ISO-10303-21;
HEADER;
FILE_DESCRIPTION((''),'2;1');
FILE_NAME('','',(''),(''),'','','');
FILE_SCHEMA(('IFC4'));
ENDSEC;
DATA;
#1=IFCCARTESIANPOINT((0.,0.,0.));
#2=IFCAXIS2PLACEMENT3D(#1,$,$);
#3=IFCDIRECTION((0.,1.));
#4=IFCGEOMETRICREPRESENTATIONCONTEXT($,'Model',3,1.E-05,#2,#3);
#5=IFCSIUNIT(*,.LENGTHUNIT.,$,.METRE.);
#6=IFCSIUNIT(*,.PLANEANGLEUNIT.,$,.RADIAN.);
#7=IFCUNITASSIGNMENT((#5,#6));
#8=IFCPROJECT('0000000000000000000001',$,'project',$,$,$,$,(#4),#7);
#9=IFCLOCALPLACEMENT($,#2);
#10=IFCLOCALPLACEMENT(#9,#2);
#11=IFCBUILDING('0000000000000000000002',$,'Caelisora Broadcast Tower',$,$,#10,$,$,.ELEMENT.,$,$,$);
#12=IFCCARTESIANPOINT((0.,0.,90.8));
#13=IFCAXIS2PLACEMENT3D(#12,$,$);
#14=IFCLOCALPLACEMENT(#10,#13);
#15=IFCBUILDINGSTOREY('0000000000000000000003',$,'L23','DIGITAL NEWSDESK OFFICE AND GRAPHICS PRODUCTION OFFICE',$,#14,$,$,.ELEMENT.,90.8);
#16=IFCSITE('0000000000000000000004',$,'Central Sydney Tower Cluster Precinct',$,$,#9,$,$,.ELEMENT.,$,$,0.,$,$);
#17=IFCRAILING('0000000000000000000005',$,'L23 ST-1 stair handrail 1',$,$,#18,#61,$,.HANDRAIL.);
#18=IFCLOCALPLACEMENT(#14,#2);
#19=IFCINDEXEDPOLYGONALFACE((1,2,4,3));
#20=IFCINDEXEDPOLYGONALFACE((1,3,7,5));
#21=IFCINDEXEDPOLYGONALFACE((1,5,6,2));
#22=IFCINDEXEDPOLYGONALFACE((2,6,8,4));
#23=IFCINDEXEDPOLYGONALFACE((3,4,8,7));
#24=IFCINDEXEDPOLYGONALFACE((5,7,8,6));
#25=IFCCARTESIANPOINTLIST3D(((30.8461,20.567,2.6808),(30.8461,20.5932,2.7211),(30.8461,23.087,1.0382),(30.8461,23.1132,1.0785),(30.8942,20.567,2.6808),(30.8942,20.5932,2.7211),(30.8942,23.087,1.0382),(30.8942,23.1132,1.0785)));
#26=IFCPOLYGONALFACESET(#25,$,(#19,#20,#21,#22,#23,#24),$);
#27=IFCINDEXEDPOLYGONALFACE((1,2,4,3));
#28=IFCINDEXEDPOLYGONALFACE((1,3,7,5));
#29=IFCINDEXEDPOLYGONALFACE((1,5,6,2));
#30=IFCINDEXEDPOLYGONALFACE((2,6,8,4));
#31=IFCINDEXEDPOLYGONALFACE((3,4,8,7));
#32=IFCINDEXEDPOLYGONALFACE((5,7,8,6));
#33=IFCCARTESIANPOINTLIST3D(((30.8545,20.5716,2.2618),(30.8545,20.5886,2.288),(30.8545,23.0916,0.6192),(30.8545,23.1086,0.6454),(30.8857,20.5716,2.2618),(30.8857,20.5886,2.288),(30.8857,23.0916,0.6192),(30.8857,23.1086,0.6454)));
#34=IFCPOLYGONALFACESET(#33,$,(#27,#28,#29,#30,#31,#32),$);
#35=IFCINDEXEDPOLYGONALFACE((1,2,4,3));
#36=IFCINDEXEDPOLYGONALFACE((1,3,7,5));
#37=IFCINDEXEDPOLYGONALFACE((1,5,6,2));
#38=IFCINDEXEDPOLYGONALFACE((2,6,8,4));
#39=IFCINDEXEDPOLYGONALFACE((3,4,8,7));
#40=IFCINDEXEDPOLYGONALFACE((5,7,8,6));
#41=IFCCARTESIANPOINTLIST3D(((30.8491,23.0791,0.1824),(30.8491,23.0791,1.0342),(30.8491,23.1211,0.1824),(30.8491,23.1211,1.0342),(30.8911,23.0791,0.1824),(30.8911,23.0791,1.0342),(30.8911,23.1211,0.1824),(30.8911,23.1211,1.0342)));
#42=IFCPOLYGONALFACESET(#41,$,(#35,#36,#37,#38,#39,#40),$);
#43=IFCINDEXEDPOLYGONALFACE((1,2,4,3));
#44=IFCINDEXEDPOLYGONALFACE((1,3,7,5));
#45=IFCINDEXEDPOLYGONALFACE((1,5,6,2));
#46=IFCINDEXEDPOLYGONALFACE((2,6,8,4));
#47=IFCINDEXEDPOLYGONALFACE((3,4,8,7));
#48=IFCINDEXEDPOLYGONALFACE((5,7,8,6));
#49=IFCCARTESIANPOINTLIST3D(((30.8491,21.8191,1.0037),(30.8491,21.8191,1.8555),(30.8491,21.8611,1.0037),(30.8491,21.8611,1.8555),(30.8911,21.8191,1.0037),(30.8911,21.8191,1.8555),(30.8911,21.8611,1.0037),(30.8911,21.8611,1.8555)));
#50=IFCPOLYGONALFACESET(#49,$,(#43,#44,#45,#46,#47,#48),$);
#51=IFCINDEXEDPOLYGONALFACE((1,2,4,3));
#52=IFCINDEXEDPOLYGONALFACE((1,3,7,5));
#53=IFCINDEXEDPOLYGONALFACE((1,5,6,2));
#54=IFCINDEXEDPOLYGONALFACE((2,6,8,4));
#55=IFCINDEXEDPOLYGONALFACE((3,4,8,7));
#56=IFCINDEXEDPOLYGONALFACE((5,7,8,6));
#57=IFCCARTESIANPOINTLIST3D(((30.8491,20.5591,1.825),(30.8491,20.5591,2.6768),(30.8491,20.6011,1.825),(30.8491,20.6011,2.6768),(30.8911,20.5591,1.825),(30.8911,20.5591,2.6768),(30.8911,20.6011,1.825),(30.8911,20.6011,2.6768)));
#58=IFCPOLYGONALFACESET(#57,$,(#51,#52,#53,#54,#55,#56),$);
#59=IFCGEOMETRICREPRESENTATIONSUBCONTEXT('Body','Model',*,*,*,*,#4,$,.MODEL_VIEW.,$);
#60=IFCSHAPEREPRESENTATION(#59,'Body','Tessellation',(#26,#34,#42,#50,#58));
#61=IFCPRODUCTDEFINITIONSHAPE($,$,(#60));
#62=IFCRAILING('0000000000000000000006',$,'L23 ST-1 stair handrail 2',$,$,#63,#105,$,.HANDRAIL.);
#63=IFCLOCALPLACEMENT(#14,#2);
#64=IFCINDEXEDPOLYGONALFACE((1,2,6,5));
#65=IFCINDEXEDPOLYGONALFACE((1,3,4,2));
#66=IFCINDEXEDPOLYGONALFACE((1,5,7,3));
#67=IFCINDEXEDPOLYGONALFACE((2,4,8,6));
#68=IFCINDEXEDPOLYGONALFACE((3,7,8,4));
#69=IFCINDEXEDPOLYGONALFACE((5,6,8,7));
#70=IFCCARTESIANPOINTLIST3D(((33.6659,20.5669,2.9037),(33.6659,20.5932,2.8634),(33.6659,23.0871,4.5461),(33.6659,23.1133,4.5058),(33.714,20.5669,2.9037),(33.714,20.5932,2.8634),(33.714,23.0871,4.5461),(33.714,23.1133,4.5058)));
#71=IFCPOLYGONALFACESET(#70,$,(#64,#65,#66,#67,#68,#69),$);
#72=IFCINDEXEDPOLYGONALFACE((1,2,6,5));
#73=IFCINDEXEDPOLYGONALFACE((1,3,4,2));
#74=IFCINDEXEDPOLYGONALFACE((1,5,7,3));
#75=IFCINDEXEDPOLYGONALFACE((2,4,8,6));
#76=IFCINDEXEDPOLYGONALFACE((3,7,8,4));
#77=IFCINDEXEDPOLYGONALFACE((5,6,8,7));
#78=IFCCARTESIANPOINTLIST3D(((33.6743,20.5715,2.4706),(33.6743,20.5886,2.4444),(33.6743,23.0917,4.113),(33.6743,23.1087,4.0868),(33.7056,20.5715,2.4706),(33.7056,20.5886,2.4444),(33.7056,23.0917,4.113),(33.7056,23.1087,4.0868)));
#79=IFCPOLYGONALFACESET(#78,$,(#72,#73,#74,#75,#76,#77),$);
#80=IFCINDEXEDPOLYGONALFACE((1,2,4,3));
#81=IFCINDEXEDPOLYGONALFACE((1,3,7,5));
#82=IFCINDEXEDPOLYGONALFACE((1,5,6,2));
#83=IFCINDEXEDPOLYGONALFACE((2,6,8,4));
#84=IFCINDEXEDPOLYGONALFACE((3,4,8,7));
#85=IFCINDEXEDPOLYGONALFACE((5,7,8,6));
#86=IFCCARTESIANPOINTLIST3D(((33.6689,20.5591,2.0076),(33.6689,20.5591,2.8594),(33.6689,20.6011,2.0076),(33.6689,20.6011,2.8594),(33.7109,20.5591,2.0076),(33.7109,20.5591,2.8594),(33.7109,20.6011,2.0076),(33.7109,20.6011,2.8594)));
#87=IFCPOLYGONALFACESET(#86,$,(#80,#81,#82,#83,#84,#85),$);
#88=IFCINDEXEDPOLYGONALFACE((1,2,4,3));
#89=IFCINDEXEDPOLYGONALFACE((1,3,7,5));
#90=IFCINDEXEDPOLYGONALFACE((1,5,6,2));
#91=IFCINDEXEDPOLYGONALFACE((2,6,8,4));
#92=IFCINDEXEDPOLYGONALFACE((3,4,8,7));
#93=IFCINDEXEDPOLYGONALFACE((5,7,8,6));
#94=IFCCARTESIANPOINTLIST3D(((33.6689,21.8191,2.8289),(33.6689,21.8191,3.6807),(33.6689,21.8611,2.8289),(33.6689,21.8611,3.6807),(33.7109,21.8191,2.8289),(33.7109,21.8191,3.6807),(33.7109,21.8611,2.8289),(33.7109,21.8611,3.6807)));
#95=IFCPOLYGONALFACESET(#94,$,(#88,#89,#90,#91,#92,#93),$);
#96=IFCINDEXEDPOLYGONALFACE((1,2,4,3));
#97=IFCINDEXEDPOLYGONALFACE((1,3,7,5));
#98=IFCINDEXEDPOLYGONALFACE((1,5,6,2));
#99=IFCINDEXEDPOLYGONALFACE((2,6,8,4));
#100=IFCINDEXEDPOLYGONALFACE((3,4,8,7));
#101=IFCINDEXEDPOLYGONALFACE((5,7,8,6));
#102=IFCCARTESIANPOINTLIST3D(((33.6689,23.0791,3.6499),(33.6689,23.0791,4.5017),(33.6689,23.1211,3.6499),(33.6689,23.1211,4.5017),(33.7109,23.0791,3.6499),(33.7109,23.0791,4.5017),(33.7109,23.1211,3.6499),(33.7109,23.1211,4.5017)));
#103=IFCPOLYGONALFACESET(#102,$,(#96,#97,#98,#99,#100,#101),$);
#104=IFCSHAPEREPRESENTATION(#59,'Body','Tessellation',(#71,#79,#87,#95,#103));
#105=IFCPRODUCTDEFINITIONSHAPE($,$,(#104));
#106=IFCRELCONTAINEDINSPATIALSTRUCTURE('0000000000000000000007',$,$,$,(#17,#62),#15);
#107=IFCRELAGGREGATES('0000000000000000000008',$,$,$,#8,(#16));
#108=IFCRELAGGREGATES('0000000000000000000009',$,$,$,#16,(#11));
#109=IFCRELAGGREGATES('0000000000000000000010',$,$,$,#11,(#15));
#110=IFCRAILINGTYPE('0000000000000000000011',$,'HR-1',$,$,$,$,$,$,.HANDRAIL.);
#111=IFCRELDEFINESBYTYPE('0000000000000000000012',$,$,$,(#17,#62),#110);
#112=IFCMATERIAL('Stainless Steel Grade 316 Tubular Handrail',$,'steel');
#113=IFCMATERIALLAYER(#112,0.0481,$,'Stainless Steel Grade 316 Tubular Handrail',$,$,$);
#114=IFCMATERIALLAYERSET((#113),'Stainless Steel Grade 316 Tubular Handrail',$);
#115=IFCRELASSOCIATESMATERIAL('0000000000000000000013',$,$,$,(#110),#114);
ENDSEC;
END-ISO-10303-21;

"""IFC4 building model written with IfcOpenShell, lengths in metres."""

from ifc_helpers import new_model, si_unit, direction, frame, origin, origin_2d, place, context, subcontext, project, spatial, rectangle, extrude, material, layer, layer_set, type_object, element, save


model = new_model("IFC4")

# Units and contexts
model_context = context("Model", 3, precision=1e-05, world=origin(), true_north=direction((0.0, 1.0)))
body_context = subcontext(model_context, "Body", "Model", "MODEL_VIEW")
ifc_project = project(units=[si_unit("LENGTHUNIT", "METRE"), si_unit("PLANEANGLEUNIT", "RADIAN")], contexts=[model_context])

# Site, building, storey
site_placement = place(None, origin())
site = spatial("IfcSite", under=ifc_project, at=site_placement, Name="Central Sydney Tower Cluster Precinct", CompositionType="ELEMENT", RefElevation=0.0)
building_placement = place(site_placement, origin())
building = spatial("IfcBuilding", under=site, at=building_placement, Name="Caelisora Broadcast Tower", CompositionType="ELEMENT")
storey_placement = place(building_placement, frame((0.0, 0.0, 90.8)))
storey = spatial("IfcBuildingStorey", under=building, at=storey_placement, Name="L23", Description="DIGITAL NEWSDESK OFFICE AND GRAPHICS PRODUCTION OFFICE", CompositionType="ELEMENT", Elevation=90.8)

# Railings
ifc_material_1 = material(Name="Stainless Steel Grade 316 Tubular Handrail", Category="steel")
ifc_layer_1 = layer(ifc_material_1, 0.0481, Name="Stainless Steel Grade 316 Tubular Handrail")
ifc_layer_set_1 = layer_set([ifc_layer_1], Name="Stainless Steel Grade 316 Tubular Handrail")
railing_type_1 = type_object("IfcRailingType", Name="HR-1", PredefinedType="HANDRAIL", material=ifc_layer_set_1)
railing_1_placement = place(storey_placement, frame((30.8701, 23.1001, 0.1824)))
element("IfcRailing", 1, at=railing_1_placement, inside=storey, type_object=railing_type_1, Name="L23 ST-1 stair handrail 1", PredefinedType="HANDRAIL", context=body_context, shape_type="SweptSolid", body=[
    extrude(rectangle(XDim=0.0481, YDim=0.0481, at=origin_2d()), frame((0.0, 0.0, 0.876), z_axis=(0.0, -0.837749, 0.546055), x_axis=(1.0, 0.0, 0.0)), (0.0, 0.0, 1.0), 3.0081),
    extrude(rectangle(XDim=0.0312, YDim=0.0312, at=origin_2d()), frame((0.0, 0.0, 0.45), z_axis=(0.0, -0.837749, 0.546055), x_axis=(1.0, 0.0, 0.0)), (0.0, 0.0, 1.0), 3.0081),
    extrude(rectangle(XDim=0.042, YDim=0.042, at=origin_2d()), origin(), (0.0, 0.0, 1.0), 0.8518),
    extrude(rectangle(XDim=0.042, YDim=0.042, at=origin_2d()), frame((0.0, -1.26, 0.8213)), (0.0, 0.0, 1.0), 0.8518),
    extrude(rectangle(XDim=0.042, YDim=0.042, at=origin_2d()), frame((0.0, -2.52, 1.6426)), (0.0, 0.0, 1.0), 0.8518),
])
railing_2_placement = place(storey_placement, frame((33.6899, 20.5801, 2.0076)))
element("IfcRailing", 2, at=railing_2_placement, inside=storey, type_object=railing_type_1, Name="L23 ST-1 stair handrail 2", PredefinedType="HANDRAIL", context=body_context, shape_type="SweptSolid", body=[
    extrude(rectangle(XDim=0.0481, YDim=0.0481, at=origin_2d()), frame((0.0, 0.0, 0.876), z_axis=(0.0, 0.837787, 0.545998), x_axis=(-1.0, 0.0, 0.0)), (0.0, 0.0, 1.0), 3.0081),
    extrude(rectangle(XDim=0.0312, YDim=0.0312, at=origin_2d()), frame((0.0, 0.0, 0.45), z_axis=(0.0, 0.837787, 0.545998), x_axis=(-1.0, 0.0, 0.0)), (0.0, 0.0, 1.0), 3.0081),
    extrude(rectangle(XDim=0.042, YDim=0.042, at=origin_2d()), origin(), (0.0, 0.0, 1.0), 0.8518),
    extrude(rectangle(XDim=0.042, YDim=0.042, at=origin_2d()), frame((0.0, 1.26, 0.8213)), (0.0, 0.0, 1.0), 0.8518),
    extrude(rectangle(XDim=0.042, YDim=0.042, at=origin_2d()), frame((0.0, 2.52, 1.6423)), (0.0, 0.0, 1.0), 0.8518),
])

save(model, "model.ifc")
